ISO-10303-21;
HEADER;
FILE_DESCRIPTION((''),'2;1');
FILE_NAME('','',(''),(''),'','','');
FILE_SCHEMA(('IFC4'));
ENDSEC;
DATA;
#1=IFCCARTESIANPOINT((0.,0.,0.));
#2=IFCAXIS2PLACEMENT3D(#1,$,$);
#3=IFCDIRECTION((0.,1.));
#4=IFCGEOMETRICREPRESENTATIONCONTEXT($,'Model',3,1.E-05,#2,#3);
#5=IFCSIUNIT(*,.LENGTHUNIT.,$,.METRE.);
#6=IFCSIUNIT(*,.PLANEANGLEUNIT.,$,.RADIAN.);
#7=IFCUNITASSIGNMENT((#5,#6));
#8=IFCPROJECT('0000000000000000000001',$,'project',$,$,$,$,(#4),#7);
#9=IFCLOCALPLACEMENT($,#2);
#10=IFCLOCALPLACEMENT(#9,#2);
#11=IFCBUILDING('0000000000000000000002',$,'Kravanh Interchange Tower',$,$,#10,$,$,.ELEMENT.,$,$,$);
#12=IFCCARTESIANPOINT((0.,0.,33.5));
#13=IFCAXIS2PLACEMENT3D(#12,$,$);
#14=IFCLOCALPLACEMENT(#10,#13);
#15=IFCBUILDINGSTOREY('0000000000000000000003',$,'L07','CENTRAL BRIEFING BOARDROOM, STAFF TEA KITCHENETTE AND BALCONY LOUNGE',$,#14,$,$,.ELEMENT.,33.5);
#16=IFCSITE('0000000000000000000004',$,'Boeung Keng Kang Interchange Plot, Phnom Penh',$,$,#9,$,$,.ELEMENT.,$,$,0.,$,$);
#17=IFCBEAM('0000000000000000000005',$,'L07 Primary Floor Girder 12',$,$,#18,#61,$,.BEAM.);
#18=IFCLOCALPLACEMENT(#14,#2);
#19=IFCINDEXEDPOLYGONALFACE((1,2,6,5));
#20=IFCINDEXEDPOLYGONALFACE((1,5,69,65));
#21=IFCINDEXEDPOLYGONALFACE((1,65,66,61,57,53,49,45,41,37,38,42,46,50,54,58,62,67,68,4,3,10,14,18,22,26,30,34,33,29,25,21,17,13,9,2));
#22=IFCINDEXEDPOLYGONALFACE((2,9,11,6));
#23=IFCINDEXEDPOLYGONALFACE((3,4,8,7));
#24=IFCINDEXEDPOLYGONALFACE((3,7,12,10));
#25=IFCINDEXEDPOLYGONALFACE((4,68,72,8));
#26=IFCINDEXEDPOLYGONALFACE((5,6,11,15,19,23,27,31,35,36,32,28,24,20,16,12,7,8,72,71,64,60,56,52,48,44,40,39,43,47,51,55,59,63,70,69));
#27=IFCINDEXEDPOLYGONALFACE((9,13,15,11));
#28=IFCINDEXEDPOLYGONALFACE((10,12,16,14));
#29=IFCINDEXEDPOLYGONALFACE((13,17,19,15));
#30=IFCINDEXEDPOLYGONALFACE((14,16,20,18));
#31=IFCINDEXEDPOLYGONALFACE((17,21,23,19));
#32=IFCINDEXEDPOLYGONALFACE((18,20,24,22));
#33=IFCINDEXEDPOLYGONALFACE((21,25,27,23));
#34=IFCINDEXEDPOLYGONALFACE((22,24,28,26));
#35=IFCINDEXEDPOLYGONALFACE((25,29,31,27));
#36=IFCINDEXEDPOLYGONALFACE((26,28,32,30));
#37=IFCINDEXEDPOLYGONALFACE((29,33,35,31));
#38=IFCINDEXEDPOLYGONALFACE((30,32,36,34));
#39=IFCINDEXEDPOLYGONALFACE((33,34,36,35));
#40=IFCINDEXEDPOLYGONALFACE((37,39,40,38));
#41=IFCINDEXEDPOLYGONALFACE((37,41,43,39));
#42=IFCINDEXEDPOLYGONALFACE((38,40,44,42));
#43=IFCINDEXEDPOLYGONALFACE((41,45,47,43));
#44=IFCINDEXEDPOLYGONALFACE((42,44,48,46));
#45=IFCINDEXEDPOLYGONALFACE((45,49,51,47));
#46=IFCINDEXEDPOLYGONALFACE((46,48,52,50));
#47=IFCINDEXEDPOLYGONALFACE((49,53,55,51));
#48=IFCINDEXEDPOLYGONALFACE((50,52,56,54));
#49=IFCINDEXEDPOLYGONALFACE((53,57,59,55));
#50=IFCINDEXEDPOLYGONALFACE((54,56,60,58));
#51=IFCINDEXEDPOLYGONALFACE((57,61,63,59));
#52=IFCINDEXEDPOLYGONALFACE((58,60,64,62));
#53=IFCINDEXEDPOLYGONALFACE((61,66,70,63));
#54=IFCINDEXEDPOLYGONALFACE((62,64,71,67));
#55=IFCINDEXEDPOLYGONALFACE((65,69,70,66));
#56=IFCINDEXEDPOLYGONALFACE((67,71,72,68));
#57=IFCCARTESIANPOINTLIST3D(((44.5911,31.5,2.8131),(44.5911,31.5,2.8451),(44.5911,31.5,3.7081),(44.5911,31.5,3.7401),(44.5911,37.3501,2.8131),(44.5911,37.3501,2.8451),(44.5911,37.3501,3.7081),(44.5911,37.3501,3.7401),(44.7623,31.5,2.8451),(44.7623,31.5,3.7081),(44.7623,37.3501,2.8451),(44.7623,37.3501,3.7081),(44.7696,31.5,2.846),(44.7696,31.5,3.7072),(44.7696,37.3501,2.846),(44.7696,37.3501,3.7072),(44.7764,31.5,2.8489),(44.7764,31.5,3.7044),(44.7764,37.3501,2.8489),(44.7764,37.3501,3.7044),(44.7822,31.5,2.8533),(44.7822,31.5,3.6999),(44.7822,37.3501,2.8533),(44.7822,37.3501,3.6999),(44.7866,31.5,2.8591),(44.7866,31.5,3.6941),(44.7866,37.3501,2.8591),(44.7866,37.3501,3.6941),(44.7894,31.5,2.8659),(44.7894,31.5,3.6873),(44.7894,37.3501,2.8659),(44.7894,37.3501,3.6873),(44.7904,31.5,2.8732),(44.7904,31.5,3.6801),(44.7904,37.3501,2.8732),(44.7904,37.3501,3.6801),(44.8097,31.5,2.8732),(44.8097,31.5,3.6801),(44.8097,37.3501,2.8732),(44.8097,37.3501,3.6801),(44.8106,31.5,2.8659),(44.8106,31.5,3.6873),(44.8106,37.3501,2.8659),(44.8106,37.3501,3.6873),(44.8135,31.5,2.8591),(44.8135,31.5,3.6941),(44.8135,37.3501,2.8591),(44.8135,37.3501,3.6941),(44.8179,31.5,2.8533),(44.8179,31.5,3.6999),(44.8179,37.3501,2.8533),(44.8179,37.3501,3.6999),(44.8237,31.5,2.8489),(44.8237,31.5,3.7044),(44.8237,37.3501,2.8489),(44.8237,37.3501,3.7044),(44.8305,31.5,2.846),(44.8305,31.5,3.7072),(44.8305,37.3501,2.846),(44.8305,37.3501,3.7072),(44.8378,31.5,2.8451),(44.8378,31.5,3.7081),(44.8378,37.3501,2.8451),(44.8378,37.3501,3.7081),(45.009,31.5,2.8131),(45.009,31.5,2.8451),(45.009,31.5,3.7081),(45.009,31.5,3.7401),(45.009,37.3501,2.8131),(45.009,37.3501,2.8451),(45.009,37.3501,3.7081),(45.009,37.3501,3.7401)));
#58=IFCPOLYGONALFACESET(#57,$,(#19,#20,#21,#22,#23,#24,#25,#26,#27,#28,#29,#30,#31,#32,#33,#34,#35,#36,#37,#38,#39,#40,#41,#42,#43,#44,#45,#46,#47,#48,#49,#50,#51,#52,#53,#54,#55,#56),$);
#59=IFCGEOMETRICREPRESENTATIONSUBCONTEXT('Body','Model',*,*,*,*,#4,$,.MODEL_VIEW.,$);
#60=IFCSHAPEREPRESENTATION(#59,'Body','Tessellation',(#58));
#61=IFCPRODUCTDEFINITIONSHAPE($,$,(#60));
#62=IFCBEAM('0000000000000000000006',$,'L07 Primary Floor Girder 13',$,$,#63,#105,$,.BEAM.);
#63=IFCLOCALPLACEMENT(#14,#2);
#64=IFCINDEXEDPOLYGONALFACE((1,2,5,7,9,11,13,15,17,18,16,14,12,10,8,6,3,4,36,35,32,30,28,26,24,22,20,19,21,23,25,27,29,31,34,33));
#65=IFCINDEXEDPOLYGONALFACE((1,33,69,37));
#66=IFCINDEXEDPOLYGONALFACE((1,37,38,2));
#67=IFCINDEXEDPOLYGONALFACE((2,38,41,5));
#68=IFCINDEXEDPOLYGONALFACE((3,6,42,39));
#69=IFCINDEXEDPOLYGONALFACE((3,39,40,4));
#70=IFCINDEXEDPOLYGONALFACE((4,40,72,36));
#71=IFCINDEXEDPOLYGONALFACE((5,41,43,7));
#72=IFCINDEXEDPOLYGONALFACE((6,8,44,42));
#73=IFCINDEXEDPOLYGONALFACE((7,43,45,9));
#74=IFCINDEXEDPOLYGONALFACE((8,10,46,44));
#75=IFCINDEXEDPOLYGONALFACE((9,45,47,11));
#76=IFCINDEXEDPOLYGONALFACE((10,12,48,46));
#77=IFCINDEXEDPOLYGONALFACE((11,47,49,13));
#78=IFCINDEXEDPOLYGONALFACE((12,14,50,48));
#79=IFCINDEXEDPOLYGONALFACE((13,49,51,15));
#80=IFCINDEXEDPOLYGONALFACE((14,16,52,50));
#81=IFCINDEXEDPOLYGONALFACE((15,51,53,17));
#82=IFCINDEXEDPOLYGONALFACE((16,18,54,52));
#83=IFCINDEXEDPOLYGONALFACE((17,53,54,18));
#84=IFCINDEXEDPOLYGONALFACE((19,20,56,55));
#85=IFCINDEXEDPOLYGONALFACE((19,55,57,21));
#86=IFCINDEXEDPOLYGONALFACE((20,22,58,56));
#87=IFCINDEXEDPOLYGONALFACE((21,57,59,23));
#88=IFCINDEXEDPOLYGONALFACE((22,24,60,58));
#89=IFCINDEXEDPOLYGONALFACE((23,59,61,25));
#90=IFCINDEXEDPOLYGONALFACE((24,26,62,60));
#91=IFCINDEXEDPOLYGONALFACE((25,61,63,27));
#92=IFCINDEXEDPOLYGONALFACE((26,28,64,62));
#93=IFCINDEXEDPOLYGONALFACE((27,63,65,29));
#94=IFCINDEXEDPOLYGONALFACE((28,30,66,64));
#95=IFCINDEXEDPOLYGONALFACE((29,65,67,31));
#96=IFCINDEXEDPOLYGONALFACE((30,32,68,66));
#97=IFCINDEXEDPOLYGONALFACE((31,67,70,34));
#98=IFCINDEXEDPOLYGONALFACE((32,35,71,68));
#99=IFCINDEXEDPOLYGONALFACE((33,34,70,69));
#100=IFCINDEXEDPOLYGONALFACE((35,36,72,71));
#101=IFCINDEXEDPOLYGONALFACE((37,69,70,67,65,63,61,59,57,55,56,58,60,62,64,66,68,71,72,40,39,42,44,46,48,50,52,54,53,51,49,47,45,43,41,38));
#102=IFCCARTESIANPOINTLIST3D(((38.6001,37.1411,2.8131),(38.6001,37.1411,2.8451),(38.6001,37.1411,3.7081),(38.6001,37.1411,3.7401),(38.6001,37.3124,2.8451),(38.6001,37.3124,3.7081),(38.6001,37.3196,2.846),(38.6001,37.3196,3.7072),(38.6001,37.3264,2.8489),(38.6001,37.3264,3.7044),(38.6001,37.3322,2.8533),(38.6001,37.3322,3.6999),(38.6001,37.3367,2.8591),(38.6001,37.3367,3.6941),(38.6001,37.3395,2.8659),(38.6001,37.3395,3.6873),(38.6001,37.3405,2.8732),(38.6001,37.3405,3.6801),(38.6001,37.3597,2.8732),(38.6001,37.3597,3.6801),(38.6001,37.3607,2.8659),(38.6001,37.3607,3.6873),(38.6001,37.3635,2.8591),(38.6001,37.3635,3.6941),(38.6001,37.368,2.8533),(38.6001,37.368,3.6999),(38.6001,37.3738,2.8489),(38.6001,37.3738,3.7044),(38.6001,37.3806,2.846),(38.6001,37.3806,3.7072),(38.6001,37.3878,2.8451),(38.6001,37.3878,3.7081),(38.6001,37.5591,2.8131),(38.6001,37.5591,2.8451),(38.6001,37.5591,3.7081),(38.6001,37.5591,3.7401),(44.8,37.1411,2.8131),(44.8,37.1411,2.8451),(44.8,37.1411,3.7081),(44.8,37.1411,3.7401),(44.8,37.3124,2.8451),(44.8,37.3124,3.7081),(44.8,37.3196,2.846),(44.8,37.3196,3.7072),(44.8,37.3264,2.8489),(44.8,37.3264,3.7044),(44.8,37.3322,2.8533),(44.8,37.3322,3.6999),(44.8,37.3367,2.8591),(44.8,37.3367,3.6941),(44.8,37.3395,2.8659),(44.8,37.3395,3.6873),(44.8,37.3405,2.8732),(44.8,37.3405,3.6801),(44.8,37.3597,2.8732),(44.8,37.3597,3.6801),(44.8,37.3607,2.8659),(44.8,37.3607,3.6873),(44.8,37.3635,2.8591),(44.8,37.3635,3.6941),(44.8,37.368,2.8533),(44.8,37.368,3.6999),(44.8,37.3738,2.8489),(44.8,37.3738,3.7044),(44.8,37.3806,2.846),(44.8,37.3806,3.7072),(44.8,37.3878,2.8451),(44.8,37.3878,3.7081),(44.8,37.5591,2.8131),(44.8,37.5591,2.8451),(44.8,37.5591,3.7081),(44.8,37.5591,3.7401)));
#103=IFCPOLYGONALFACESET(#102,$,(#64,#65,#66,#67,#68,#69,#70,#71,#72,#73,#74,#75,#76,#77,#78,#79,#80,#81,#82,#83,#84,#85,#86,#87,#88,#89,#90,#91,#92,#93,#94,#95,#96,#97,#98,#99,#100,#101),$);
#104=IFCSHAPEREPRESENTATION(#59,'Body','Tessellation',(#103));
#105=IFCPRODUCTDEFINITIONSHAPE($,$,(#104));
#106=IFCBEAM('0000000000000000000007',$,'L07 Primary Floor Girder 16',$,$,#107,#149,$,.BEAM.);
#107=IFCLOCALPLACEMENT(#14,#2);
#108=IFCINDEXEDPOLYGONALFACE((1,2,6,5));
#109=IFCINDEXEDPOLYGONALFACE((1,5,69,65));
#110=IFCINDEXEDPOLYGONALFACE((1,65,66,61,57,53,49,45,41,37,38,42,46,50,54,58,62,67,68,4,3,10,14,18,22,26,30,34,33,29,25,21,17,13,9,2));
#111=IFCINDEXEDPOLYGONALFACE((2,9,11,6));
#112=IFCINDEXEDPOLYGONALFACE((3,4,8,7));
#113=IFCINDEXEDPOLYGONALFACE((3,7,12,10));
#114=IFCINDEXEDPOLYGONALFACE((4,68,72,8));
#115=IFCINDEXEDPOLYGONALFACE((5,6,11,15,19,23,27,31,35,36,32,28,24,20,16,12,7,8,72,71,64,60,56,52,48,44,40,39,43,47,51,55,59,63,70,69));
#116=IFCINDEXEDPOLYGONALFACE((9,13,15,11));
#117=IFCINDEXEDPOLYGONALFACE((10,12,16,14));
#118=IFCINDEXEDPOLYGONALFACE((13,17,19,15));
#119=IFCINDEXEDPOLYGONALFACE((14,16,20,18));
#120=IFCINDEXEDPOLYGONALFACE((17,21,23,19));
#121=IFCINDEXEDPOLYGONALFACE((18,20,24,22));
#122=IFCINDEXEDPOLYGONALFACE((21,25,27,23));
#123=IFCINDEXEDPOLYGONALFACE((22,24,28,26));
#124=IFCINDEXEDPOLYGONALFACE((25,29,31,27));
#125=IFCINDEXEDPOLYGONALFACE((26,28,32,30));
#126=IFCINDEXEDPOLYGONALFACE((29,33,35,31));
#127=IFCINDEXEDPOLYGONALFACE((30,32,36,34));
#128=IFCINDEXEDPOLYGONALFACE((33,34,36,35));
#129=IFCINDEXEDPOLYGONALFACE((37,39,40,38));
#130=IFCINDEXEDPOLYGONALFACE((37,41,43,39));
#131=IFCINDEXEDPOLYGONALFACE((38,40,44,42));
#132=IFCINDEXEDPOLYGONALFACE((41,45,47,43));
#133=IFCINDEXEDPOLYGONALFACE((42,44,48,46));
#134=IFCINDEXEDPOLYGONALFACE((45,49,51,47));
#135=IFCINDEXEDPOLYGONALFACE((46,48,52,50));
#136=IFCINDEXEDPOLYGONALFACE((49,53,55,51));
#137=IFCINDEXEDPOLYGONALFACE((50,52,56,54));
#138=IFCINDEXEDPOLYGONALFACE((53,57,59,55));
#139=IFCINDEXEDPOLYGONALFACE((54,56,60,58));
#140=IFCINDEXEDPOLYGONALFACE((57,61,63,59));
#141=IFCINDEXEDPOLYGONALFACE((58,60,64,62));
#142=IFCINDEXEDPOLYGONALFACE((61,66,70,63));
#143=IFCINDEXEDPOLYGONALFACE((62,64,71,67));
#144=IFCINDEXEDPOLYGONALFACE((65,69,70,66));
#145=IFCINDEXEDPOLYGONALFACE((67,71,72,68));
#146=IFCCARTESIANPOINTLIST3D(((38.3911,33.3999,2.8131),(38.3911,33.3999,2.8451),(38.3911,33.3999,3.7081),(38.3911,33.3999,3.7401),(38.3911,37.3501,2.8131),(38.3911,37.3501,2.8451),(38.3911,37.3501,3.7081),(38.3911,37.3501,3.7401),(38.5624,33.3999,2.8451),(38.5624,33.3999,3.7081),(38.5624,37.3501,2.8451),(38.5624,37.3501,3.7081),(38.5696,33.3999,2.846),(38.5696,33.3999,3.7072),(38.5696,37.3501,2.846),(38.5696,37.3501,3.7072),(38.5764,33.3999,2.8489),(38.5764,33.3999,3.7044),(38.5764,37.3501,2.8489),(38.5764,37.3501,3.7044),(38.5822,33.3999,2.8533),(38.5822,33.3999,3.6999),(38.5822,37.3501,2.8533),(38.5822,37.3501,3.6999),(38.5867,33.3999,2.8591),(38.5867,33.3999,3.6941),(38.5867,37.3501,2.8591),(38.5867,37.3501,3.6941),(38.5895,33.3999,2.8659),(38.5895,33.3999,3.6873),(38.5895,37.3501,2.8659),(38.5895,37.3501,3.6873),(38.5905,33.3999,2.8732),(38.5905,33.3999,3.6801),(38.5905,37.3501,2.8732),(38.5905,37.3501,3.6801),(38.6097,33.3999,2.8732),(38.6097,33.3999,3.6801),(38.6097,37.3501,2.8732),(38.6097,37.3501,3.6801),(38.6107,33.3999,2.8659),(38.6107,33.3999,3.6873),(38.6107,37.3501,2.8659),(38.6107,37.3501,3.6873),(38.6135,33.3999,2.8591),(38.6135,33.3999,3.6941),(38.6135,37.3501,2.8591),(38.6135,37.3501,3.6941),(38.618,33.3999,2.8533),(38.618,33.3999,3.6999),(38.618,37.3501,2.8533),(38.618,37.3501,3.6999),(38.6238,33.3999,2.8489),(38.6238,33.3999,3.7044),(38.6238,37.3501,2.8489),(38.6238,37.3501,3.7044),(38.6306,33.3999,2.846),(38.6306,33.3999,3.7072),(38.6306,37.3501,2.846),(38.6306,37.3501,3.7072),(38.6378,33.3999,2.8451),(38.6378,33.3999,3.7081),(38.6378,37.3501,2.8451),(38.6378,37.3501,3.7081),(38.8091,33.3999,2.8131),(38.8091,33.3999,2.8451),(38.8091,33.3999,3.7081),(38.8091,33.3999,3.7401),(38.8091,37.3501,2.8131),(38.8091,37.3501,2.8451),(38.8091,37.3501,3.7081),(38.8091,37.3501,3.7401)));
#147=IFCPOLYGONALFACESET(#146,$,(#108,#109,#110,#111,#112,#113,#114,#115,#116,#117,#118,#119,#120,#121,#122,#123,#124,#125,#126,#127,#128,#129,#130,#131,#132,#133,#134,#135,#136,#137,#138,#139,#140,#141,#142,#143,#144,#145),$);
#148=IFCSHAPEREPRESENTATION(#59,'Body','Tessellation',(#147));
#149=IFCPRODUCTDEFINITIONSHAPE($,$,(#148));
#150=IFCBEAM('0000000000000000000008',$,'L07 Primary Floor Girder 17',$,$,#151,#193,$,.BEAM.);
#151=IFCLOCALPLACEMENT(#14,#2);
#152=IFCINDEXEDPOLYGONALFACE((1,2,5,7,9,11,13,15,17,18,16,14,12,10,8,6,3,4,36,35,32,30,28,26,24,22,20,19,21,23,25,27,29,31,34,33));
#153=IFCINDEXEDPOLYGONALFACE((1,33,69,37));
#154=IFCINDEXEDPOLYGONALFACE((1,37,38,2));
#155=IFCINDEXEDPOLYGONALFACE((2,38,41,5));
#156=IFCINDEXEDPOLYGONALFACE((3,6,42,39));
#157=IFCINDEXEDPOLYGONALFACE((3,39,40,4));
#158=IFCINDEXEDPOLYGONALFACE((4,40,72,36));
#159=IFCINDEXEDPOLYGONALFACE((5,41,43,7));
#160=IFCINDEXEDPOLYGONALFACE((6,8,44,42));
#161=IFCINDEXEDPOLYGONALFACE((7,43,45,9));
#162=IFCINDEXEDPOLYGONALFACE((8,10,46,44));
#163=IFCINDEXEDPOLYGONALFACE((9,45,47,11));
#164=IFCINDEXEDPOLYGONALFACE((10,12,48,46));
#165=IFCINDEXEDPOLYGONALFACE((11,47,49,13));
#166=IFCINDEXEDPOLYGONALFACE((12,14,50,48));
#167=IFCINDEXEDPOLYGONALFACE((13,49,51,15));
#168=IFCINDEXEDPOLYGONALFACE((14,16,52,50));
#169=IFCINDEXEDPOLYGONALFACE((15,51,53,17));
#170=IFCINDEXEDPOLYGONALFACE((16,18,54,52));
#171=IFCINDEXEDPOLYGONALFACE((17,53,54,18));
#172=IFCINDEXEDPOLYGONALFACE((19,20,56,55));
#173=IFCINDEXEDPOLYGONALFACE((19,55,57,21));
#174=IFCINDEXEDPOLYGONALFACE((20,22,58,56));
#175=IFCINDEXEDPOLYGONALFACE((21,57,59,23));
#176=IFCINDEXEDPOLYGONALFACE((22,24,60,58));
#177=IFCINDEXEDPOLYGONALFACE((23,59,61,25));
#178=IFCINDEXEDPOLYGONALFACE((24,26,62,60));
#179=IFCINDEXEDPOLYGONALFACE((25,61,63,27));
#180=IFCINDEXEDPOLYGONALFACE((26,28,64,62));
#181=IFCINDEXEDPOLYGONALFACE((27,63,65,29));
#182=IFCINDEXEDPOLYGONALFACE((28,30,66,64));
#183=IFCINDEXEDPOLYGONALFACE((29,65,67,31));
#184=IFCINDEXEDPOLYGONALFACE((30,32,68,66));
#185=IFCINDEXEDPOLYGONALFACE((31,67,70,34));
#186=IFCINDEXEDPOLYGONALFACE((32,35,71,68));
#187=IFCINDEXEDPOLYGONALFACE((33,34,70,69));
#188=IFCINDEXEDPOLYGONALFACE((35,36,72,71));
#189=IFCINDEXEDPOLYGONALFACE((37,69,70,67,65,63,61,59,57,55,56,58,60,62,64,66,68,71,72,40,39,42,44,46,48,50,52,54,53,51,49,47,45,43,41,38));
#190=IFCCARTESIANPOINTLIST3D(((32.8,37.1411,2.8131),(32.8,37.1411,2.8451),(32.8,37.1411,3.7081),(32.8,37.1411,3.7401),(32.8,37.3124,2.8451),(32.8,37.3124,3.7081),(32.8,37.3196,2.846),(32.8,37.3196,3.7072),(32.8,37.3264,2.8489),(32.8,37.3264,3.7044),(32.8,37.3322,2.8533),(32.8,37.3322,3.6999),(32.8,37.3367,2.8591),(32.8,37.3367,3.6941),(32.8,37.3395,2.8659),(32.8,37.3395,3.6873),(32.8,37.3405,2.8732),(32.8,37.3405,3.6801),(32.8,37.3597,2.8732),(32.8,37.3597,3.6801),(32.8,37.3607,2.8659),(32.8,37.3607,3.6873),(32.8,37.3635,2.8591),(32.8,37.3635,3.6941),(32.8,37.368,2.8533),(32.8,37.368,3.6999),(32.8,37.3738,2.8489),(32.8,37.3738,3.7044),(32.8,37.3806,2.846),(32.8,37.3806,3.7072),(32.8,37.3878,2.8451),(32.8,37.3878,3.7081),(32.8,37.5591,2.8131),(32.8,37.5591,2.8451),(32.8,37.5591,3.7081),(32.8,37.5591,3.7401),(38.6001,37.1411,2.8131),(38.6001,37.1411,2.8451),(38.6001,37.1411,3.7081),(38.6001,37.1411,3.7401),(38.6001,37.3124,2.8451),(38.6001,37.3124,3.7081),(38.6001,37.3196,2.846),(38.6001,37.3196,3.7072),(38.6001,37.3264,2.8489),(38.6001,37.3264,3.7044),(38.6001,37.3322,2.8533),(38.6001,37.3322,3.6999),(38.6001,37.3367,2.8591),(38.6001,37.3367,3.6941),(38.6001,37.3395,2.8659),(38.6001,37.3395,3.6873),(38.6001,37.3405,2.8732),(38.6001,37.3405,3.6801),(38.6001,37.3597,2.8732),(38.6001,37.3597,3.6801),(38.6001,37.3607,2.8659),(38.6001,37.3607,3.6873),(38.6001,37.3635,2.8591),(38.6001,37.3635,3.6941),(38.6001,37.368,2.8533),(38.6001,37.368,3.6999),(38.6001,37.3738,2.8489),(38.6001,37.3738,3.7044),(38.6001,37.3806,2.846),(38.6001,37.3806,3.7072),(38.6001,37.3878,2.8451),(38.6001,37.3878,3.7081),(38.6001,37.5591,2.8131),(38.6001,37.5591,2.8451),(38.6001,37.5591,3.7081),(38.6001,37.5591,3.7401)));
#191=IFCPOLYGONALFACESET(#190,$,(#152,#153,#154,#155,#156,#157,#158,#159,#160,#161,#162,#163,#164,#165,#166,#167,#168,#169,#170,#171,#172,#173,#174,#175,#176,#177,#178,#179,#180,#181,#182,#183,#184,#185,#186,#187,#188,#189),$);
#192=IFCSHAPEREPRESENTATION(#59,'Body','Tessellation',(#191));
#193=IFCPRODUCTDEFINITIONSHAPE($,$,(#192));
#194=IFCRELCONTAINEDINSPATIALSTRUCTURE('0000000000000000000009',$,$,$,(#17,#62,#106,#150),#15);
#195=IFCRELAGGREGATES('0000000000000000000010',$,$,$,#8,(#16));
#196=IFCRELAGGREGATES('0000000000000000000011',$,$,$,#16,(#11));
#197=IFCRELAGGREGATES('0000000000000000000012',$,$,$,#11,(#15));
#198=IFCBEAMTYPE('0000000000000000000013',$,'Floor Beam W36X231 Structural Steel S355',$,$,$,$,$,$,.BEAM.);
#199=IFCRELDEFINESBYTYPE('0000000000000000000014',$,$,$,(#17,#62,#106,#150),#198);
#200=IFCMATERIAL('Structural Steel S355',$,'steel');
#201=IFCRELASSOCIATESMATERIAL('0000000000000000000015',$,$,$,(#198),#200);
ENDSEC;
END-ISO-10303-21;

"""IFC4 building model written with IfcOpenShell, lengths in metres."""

from ifc_helpers import new_model, si_unit, direction, frame, origin, origin_2d, place, context, subcontext, project, spatial, i_section, extrude, material, material_profile, profile_set, type_object, element, save


model = new_model("IFC4")

# Units and contexts
model_context = context("Model", 3, precision=1e-05, world=origin(), true_north=direction((0.0, 1.0)))
body_context = subcontext(model_context, "Body", "Model", "MODEL_VIEW")
ifc_project = project(units=[si_unit("LENGTHUNIT", "METRE"), si_unit("PLANEANGLEUNIT", "RADIAN")], contexts=[model_context])

# Site, building, storey
site_placement = place(None, origin())
site = spatial("IfcSite", under=ifc_project, at=site_placement, Name="Boeung Keng Kang Interchange Plot, Phnom Penh", CompositionType="ELEMENT", RefElevation=0.0)
building_placement = place(site_placement, origin())
building = spatial("IfcBuilding", under=site, at=building_placement, Name="Kravanh Interchange Tower", CompositionType="ELEMENT")
storey_placement = place(building_placement, frame((0.0, 0.0, 33.5)))
storey = spatial("IfcBuildingStorey", under=building, at=storey_placement, Name="L07", Description="CENTRAL BRIEFING BOARDROOM, STAFF TEA KITCHENETTE AND BALCONY LOUNGE", CompositionType="ELEMENT", Elevation=33.5)

# Beams
ifc_material_1 = material(Name="Structural Steel S355", Category="steel")
ifc_material_profile_1 = material_profile(ifc_material_1, i_section(OverallWidth=0.418, OverallDepth=0.927, WebThickness=0.0193, FlangeThickness=0.032, FilletRadius=0.0281, at=origin_2d()), Name="W36X231")
ifc_profile_set_1 = profile_set([ifc_material_profile_1], Name="Structural Steel S355")
beam_type_1 = type_object("IfcBeamType", Name="Floor Beam W36X231 Structural Steel S355", PredefinedType="BEAM", material=ifc_profile_set_1)
beam_1_placement = place(storey_placement, frame((44.8, 37.3501, 3.2766), z_axis=(0.0, -1.0, 0.0), x_axis=(1.0, 0.0, 0.0)))
element("IfcBeam", 1, at=beam_1_placement, inside=storey, type_object=beam_type_1, Name="L07 Primary Floor Girder 12", PredefinedType="BEAM", context=body_context, shape_type="SweptSolid", body=[
    extrude(i_section(OverallWidth=0.418, OverallDepth=0.927, WebThickness=0.0193, FlangeThickness=0.032, FilletRadius=0.0281, at=origin_2d()), origin(), (0.0, 0.0, 1.0), 5.8501),
])
beam_2_placement = place(storey_placement, frame((44.8, 37.3501, 3.2766), z_axis=(-1.0, 0.0, 0.0), x_axis=(0.0, -1.0, 0.0)))
element("IfcBeam", 2, at=beam_2_placement, inside=storey, type_object=beam_type_1, Name="L07 Primary Floor Girder 13", PredefinedType="BEAM", context=body_context, shape_type="SweptSolid", body=[
    extrude(i_section(OverallWidth=0.418, OverallDepth=0.927, WebThickness=0.0193, FlangeThickness=0.032, FilletRadius=0.0281, at=origin_2d()), origin(), (0.0, 0.0, 1.0), 6.2),
])
beam_3_placement = place(storey_placement, frame((38.6001, 37.3501, 3.2766), z_axis=(0.0, -1.0, 0.0), x_axis=(1.0, 0.0, 0.0)))
element("IfcBeam", 3, at=beam_3_placement, inside=storey, type_object=beam_type_1, Name="L07 Primary Floor Girder 16", PredefinedType="BEAM", context=body_context, shape_type="SweptSolid", body=[
    extrude(i_section(OverallWidth=0.418, OverallDepth=0.927, WebThickness=0.0193, FlangeThickness=0.032, FilletRadius=0.0281, at=origin_2d()), origin(), (0.0, 0.0, 1.0), 3.9502),
])
beam_4_placement = place(storey_placement, frame((38.6001, 37.3501, 3.2766), z_axis=(-1.0, 0.0, 0.0), x_axis=(0.0, -1.0, 0.0)))
element("IfcBeam", 4, at=beam_4_placement, inside=storey, type_object=beam_type_1, Name="L07 Primary Floor Girder 17", PredefinedType="BEAM", context=body_context, shape_type="SweptSolid", body=[
    extrude(i_section(OverallWidth=0.418, OverallDepth=0.927, WebThickness=0.0193, FlangeThickness=0.032, FilletRadius=0.0281, at=origin_2d()), origin(), (0.0, 0.0, 1.0), 5.8),
])

save(model, "model.ifc")
